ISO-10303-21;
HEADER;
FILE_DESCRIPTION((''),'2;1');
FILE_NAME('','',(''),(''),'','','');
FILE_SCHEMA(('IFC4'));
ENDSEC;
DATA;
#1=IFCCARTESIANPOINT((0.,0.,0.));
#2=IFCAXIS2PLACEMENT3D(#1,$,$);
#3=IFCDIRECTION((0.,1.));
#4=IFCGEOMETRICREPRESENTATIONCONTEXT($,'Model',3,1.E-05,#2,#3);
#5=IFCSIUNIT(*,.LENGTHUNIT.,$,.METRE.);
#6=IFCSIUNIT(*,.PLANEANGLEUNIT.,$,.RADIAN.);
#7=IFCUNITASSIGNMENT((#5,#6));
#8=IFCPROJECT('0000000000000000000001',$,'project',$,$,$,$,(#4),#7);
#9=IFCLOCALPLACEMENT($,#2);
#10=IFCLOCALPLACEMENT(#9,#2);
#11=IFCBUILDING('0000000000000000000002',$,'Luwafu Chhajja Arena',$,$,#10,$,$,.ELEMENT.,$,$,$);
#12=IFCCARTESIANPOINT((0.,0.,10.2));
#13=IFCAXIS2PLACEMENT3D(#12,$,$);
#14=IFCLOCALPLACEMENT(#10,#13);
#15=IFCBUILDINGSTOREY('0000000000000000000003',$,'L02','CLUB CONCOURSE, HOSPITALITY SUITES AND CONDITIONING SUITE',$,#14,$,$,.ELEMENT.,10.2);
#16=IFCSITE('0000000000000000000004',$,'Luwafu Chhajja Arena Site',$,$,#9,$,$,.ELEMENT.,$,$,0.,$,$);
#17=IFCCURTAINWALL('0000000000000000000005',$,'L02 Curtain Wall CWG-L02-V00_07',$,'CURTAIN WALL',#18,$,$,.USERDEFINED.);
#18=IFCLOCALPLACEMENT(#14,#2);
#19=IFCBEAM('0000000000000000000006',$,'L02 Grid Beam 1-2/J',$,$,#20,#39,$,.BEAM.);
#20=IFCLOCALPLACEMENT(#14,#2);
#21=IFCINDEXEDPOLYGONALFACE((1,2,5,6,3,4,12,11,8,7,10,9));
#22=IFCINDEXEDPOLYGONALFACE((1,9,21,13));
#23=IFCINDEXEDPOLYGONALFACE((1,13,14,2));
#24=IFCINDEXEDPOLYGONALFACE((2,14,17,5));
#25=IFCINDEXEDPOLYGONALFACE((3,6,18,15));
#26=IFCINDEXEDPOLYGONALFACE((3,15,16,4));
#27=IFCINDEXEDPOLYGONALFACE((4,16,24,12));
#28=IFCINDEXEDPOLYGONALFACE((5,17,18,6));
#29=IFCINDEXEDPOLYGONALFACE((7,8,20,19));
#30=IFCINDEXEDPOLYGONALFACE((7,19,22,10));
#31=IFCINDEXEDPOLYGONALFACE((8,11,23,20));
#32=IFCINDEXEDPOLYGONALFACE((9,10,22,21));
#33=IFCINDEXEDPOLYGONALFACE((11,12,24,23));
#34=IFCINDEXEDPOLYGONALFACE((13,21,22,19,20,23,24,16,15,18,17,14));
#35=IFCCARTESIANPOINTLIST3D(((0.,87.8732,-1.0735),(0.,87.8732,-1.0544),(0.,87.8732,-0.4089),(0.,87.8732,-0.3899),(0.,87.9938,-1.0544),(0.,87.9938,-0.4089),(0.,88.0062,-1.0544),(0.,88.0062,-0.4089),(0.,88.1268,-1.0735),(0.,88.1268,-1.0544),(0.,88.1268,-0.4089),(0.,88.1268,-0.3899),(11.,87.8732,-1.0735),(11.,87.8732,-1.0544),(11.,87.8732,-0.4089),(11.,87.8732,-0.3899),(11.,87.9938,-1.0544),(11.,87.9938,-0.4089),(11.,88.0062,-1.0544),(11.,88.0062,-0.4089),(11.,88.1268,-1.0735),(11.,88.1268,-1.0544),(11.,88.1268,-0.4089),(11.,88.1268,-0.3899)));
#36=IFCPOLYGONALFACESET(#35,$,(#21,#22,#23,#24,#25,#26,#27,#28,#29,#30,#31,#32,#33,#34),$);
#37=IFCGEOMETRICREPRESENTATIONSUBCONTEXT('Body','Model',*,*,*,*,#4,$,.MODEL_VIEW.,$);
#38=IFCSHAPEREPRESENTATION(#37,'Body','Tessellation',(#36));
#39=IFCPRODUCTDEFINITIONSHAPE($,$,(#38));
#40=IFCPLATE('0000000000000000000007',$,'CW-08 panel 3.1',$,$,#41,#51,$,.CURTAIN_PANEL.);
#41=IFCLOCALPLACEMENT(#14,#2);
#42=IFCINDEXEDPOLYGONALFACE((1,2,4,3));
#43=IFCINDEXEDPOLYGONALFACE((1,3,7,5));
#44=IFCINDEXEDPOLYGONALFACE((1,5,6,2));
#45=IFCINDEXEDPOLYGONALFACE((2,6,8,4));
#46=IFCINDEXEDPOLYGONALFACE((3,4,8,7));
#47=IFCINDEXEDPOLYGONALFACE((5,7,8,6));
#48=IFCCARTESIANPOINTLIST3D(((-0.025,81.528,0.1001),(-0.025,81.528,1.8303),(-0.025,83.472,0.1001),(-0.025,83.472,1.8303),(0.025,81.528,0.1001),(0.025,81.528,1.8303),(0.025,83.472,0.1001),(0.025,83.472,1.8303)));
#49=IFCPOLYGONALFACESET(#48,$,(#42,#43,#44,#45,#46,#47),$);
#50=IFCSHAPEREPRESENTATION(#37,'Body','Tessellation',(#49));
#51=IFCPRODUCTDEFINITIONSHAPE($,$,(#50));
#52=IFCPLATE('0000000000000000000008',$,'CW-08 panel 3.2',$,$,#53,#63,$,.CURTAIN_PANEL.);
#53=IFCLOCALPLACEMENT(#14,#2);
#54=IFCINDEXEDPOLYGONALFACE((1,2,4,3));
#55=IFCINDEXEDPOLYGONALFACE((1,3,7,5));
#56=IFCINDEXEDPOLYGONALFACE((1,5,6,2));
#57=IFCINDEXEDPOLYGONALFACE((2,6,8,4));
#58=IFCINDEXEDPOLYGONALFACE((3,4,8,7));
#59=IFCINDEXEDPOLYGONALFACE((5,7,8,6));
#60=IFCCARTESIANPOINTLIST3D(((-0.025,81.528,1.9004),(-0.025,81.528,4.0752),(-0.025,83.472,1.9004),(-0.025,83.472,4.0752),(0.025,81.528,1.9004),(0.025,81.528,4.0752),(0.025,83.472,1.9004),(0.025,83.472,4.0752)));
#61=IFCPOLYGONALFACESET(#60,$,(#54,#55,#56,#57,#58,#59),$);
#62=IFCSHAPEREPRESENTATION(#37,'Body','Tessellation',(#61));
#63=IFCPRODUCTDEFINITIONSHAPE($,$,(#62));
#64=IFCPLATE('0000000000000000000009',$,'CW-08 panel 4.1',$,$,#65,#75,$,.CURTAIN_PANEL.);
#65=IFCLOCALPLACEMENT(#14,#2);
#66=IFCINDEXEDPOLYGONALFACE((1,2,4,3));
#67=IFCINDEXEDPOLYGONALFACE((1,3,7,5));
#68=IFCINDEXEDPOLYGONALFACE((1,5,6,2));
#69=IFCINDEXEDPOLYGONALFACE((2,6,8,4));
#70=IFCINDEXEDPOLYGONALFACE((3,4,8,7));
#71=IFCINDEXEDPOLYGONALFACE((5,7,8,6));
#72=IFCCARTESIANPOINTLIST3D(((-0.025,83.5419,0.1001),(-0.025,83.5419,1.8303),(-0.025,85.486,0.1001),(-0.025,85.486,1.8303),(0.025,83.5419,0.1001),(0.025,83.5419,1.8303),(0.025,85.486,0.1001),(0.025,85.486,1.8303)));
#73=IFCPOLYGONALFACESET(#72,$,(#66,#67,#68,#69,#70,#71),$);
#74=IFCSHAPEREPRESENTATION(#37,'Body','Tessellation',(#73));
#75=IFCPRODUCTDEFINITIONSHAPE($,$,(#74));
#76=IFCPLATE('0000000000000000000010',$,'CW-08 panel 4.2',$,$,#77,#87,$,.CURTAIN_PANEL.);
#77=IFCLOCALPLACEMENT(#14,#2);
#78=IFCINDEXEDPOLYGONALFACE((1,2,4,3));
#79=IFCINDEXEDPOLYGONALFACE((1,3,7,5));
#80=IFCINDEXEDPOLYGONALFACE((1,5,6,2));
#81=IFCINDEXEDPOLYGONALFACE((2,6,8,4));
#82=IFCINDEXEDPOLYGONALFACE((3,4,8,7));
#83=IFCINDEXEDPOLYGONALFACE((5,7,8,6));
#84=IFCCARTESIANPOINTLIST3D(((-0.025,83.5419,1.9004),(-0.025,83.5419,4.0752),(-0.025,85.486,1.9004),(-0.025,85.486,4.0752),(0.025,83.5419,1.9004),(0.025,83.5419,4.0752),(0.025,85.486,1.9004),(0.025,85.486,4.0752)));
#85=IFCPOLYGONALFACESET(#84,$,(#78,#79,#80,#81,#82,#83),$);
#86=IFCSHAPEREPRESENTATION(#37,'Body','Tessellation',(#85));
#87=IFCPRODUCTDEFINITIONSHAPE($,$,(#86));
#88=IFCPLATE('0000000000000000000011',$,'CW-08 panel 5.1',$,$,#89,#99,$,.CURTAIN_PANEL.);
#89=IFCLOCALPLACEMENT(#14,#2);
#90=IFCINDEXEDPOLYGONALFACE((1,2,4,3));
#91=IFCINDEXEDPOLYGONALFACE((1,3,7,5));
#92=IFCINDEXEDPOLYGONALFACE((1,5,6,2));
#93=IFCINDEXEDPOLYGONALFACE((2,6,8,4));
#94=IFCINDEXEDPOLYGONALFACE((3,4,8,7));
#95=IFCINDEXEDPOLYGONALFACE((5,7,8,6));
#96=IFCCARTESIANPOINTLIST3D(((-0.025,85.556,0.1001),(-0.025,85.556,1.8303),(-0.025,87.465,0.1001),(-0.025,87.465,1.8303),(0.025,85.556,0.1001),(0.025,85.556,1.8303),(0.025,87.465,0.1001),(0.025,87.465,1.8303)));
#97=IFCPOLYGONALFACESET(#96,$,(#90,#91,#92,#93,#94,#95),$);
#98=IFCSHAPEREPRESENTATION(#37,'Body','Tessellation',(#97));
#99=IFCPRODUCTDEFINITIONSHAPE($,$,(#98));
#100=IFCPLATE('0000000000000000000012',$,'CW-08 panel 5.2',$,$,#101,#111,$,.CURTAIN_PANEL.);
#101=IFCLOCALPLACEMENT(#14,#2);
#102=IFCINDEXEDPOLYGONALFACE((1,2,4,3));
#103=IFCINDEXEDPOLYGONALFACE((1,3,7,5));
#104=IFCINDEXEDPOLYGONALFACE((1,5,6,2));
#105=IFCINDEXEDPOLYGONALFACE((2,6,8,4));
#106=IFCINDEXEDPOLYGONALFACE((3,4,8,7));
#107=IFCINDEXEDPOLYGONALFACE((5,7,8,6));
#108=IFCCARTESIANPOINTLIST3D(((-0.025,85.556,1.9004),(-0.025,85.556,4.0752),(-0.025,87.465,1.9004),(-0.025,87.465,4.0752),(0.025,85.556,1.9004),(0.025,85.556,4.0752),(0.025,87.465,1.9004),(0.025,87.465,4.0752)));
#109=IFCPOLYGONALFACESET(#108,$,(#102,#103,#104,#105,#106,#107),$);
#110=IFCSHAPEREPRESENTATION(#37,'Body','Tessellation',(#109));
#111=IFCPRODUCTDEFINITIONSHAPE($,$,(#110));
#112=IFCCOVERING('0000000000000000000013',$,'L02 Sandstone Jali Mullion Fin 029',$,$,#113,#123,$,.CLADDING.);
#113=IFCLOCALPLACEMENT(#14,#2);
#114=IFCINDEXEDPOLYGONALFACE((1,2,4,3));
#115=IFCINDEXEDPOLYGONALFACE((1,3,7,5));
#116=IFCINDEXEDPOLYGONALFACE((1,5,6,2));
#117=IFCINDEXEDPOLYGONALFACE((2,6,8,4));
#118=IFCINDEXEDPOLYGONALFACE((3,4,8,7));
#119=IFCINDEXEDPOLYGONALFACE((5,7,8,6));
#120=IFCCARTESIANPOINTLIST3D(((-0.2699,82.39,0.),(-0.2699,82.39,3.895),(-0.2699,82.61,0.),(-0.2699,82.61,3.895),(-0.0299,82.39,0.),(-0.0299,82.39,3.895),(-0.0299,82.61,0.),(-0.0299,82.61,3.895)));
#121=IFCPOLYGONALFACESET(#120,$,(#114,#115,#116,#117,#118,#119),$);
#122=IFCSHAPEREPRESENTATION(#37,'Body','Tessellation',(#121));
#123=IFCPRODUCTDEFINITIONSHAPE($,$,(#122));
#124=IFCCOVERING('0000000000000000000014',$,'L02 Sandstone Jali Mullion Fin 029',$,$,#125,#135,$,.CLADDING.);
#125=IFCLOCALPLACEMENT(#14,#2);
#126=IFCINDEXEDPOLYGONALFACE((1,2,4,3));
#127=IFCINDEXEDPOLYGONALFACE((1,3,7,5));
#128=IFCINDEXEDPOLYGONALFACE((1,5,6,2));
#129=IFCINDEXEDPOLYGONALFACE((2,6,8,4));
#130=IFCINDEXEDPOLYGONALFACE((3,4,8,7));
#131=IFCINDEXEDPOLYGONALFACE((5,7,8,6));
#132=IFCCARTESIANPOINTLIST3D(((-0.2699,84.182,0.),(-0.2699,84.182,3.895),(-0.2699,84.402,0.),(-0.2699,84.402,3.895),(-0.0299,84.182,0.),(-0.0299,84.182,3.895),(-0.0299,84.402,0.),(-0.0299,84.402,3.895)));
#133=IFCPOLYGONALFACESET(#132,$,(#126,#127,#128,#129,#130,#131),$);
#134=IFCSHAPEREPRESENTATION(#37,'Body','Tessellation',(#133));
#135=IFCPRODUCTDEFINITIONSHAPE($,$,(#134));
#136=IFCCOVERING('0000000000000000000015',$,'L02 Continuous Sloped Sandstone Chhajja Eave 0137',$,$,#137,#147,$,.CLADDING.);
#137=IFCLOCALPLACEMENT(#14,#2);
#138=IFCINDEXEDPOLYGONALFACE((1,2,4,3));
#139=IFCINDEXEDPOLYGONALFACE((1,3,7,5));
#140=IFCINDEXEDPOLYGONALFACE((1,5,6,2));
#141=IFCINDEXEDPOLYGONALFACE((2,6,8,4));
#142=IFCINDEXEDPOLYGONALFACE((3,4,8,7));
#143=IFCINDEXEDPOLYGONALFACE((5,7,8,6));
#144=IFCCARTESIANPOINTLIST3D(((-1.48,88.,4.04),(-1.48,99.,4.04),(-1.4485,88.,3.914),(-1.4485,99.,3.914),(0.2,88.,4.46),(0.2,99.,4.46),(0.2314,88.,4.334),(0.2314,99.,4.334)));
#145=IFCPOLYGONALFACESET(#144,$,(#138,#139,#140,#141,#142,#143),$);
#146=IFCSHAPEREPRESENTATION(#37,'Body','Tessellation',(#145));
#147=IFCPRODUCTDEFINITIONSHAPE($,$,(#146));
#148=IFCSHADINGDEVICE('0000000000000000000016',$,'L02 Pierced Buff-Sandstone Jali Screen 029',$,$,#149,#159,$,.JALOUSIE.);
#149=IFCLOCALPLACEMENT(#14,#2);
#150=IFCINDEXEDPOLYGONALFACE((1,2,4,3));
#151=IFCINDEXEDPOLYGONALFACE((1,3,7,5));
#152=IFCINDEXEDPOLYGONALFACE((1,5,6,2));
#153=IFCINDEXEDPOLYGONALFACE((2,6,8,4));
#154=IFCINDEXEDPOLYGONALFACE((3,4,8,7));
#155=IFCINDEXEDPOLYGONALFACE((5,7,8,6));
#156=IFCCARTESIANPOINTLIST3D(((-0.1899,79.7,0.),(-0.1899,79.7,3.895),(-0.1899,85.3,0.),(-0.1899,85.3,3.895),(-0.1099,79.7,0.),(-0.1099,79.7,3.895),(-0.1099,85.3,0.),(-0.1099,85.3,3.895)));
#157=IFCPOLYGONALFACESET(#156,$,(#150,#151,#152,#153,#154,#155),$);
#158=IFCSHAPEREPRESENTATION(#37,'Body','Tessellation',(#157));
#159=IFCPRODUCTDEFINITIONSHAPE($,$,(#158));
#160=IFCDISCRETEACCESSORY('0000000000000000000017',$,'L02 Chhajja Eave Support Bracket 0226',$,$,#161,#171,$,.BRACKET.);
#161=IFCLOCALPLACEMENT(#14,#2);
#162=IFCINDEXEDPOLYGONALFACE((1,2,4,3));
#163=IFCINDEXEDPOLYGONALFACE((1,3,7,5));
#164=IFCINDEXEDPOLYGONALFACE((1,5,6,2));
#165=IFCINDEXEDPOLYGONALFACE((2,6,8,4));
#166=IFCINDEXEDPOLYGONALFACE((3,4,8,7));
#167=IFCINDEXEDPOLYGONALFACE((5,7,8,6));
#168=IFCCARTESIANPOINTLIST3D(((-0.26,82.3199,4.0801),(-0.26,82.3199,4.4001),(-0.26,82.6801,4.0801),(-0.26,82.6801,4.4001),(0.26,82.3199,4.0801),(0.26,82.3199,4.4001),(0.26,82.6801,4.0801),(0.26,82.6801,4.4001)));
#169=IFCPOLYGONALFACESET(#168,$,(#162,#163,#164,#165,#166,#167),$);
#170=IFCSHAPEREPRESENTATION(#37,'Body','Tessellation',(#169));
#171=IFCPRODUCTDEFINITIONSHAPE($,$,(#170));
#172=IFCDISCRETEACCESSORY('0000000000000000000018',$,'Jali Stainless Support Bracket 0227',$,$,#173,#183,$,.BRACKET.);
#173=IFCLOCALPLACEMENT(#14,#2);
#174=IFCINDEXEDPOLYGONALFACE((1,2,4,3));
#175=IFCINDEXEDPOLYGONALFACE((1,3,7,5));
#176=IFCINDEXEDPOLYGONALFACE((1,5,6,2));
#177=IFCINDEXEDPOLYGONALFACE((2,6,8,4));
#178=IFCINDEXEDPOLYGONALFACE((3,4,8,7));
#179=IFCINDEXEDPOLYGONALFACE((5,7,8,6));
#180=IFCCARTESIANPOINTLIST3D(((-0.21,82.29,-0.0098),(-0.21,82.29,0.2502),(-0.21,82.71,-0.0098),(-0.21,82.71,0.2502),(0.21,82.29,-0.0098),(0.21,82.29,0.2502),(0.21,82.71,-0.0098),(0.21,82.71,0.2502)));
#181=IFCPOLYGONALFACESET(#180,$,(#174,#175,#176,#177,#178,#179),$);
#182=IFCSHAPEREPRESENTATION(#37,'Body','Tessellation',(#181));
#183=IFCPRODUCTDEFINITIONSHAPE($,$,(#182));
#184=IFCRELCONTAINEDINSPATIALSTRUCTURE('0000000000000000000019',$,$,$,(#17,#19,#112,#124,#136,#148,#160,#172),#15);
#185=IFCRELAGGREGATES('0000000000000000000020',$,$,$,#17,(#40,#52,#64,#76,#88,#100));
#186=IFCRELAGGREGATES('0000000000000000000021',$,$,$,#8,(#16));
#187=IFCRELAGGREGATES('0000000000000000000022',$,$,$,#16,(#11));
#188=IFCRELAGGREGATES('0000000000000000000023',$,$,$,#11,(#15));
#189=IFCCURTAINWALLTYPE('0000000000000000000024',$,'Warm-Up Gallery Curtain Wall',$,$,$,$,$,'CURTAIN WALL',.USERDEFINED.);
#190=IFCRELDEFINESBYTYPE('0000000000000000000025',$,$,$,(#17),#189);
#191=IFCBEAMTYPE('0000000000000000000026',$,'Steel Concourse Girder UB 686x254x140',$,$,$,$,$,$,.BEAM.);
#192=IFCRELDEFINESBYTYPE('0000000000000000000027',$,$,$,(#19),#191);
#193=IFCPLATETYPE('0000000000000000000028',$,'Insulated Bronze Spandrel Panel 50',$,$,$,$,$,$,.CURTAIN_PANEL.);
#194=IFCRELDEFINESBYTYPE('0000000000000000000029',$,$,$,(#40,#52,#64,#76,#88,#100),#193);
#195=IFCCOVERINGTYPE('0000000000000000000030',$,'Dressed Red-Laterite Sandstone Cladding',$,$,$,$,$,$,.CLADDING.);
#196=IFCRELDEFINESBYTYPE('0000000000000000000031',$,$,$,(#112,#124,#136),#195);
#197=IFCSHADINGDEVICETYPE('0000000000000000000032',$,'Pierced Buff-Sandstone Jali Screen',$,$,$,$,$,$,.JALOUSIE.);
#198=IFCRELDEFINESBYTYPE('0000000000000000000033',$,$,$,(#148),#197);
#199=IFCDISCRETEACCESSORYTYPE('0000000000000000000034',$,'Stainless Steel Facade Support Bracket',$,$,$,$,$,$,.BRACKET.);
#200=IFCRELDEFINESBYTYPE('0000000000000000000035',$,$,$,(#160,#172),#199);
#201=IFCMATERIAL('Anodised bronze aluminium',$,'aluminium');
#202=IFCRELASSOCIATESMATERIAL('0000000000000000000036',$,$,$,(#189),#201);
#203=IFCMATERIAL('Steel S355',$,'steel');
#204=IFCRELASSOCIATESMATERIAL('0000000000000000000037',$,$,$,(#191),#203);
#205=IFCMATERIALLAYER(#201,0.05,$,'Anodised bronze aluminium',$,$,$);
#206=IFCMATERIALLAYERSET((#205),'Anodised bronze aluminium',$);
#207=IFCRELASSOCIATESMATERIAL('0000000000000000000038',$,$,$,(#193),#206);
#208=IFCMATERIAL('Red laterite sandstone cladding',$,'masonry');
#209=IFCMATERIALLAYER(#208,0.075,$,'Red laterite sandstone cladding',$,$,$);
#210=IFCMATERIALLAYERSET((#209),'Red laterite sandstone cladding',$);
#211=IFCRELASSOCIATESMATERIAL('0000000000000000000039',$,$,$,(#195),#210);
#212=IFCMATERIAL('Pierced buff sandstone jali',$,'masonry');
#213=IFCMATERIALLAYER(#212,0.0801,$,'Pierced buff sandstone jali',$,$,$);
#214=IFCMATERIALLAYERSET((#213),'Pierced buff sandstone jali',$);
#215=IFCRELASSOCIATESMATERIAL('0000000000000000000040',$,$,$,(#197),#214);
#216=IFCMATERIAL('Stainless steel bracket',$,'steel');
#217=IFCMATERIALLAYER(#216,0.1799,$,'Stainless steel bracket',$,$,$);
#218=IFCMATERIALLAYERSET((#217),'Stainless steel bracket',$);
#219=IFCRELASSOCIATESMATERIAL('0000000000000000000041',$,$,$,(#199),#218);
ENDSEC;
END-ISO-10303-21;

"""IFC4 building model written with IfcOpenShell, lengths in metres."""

from ifc_helpers import new_model, si_unit, direction, frame, origin, origin_2d, place, context, subcontext, project, spatial, polyline, rectangle, i_section, outline, extrude, material, layer, layer_set, material_profile, profile_set, type_object, element, aggregate, save


model = new_model("IFC4")

# Units and contexts
model_context = context("Model", 3, precision=1e-05, world=origin(), true_north=direction((0.0, 1.0)))
body_context = subcontext(model_context, "Body", "Model", "MODEL_VIEW")
ifc_project = project(units=[si_unit("LENGTHUNIT", "METRE"), si_unit("PLANEANGLEUNIT", "RADIAN")], contexts=[model_context])

# Site, building, storey
site_placement = place(None, origin())
site = spatial("IfcSite", under=ifc_project, at=site_placement, Name="Luwafu Chhajja Arena Site", CompositionType="ELEMENT", RefElevation=0.0)
building_placement = place(site_placement, origin())
building = spatial("IfcBuilding", under=site, at=building_placement, Name="Luwafu Chhajja Arena", CompositionType="ELEMENT")
storey_placement = place(building_placement, frame((0.0, 0.0, 10.2)))
storey = spatial("IfcBuildingStorey", under=building, at=storey_placement, Name="L02", Description="CLUB CONCOURSE, HOSPITALITY SUITES AND CONDITIONING SUITE", CompositionType="ELEMENT", Elevation=10.2)

# Curtain wall
ifc_material_1 = material(Name="Anodised bronze aluminium", Category="aluminium")
curtain_wall_type = type_object("IfcCurtainWallType", Name="Warm-Up Gallery Curtain Wall", ElementType="CURTAIN WALL", PredefinedType="USERDEFINED", material=ifc_material_1)
curtain_wall_placement = place(storey_placement, origin())
curtain_wall = element("IfcCurtainWall", 1, at=curtain_wall_placement, inside=storey, type_object=curtain_wall_type, Name="L02 Curtain Wall CWG-L02-V00_07", ObjectType="CURTAIN WALL", PredefinedType="USERDEFINED")

# Beam
ifc_material_2 = material(Name="Steel S355", Category="steel")
ifc_material_profile_1 = material_profile(ifc_material_2, i_section(OverallWidth=0.2537, OverallDepth=0.6836, WebThickness=0.0125, FlangeThickness=0.019, at=origin_2d()), Name="UB 686x254x140")
ifc_profile_set_1 = profile_set([ifc_material_profile_1], Name="Steel S355")
beam_type_1 = type_object("IfcBeamType", Name="Steel Concourse Girder UB 686x254x140", PredefinedType="BEAM", material=ifc_profile_set_1)
beam_1_placement = place(storey_placement, frame((0.0, 88.0, -0.7317), z_axis=(1.0, 0.0, 0.0), x_axis=(0.0, 1.0, 0.0)))
element("IfcBeam", 2, at=beam_1_placement, inside=storey, type_object=beam_type_1, Name="L02 Grid Beam 1-2/J", PredefinedType="BEAM", context=body_context, shape_type="SweptSolid", body=[
    extrude(i_section(OverallWidth=0.2537, OverallDepth=0.6836, WebThickness=0.0125, FlangeThickness=0.019, at=origin_2d()), origin(), (0.0, 0.0, 1.0), 11.0),
])

# Plates
ifc_layer_1 = layer(ifc_material_1, 0.05, Name="Anodised bronze aluminium")
ifc_layer_set_1 = layer_set([ifc_layer_1], Name="Anodised bronze aluminium")
plate_type = type_object("IfcPlateType", Name="Insulated Bronze Spandrel Panel 50", PredefinedType="CURTAIN_PANEL", material=ifc_layer_set_1)
plate_1_placement = place(storey_placement, frame((0.0, 82.5, 0.1001), z_axis=(0.0, 0.0, 1.0), x_axis=(0.0, 1.0, 0.0)))
plate_1 = element("IfcPlate", 3, at=plate_1_placement, type_object=plate_type, Name="CW-08 panel 3.1", PredefinedType="CURTAIN_PANEL", context=body_context, shape_type="SweptSolid", body=[
    extrude(rectangle(XDim=1.9441, YDim=0.05, at=origin_2d()), origin(), (0.0, 0.0, 1.0), 1.7302),
])
plate_2_placement = place(storey_placement, frame((0.0, 82.5, 1.9004), z_axis=(0.0, 0.0, 1.0), x_axis=(0.0, 1.0, 0.0)))
plate_2 = element("IfcPlate", 4, at=plate_2_placement, type_object=plate_type, Name="CW-08 panel 3.2", PredefinedType="CURTAIN_PANEL", context=body_context, shape_type="SweptSolid", body=[
    extrude(rectangle(XDim=1.9441, YDim=0.05, at=origin_2d()), origin(), (0.0, 0.0, 1.0), 2.1748),
])
plate_3_placement = place(storey_placement, frame((0.0, 84.5139, 0.1001), z_axis=(0.0, 0.0, 1.0), x_axis=(0.0, 1.0, 0.0)))
plate_3 = element("IfcPlate", 5, at=plate_3_placement, type_object=plate_type, Name="CW-08 panel 4.1", PredefinedType="CURTAIN_PANEL", context=body_context, shape_type="SweptSolid", body=[
    extrude(rectangle(XDim=1.9441, YDim=0.05, at=origin_2d()), origin(), (0.0, 0.0, 1.0), 1.7302),
])
plate_4_placement = place(storey_placement, frame((0.0, 84.5139, 1.9004), z_axis=(0.0, 0.0, 1.0), x_axis=(0.0, 1.0, 0.0)))
plate_4 = element("IfcPlate", 6, at=plate_4_placement, type_object=plate_type, Name="CW-08 panel 4.2", PredefinedType="CURTAIN_PANEL", context=body_context, shape_type="SweptSolid", body=[
    extrude(rectangle(XDim=1.9441, YDim=0.05, at=origin_2d()), origin(), (0.0, 0.0, 1.0), 2.1748),
])
plate_5_placement = place(storey_placement, frame((0.0, 86.5105, 0.1001), z_axis=(0.0, 0.0, 1.0), x_axis=(0.0, 1.0, 0.0)))
plate_5 = element("IfcPlate", 7, at=plate_5_placement, type_object=plate_type, Name="CW-08 panel 5.1", PredefinedType="CURTAIN_PANEL", context=body_context, shape_type="SweptSolid", body=[
    extrude(rectangle(XDim=1.9089, YDim=0.05, at=origin_2d()), origin(), (0.0, 0.0, 1.0), 1.7302),
])
plate_6_placement = place(storey_placement, frame((0.0, 86.5105, 1.9004), z_axis=(0.0, 0.0, 1.0), x_axis=(0.0, 1.0, 0.0)))
plate_6 = element("IfcPlate", 8, at=plate_6_placement, type_object=plate_type, Name="CW-08 panel 5.2", PredefinedType="CURTAIN_PANEL", context=body_context, shape_type="SweptSolid", body=[
    extrude(rectangle(XDim=1.9089, YDim=0.05, at=origin_2d()), origin(), (0.0, 0.0, 1.0), 2.1748),
])
aggregate(curtain_wall, [plate_1, plate_2, plate_3, plate_4, plate_5, plate_6])

# Coverings
ifc_material_3 = material(Name="Red laterite sandstone cladding", Category="masonry")
ifc_layer_2 = layer(ifc_material_3, 0.075, Name="Red laterite sandstone cladding")
ifc_layer_set_2 = layer_set([ifc_layer_2], Name="Red laterite sandstone cladding")
covering_type = type_object("IfcCoveringType", Name="Dressed Red-Laterite Sandstone Cladding", PredefinedType="CLADDING", material=ifc_layer_set_2)
for number, where, z_axis, x_axis, name in (
    (9, (-0.1499, 82.5, 0.0), (0.0, 0.0, 1.0), (0.0, 1.0, 0.0), "L02 Sandstone Jali Mullion Fin 029"),
    (10, (-0.1499, 84.292, 0.0), (0.0, 0.0, 1.0), (0.0, 1.0, 0.0), "L02 Sandstone Jali Mullion Fin 029"),
):
    element("IfcCovering", number, at=place(storey_placement, frame(where, z_axis=z_axis, x_axis=x_axis)), inside=storey, type_object=covering_type, Name=name, PredefinedType="CLADDING", context=body_context, shape_type="SweptSolid", body=[
        extrude(rectangle(XDim=0.22, YDim=0.24, at=origin_2d()), origin(), (0.0, 0.0, 1.0), 3.895),
    ])
covering_placement = place(storey_placement, frame((0.2, 88.0, 4.46), z_axis=(-0.242502, 0.0, 0.970151), x_axis=(0.0, 1.0, 0.0)))
element("IfcCovering", 11, at=covering_placement, inside=storey, type_object=covering_type, Name="L02 Continuous Sloped Sandstone Chhajja Eave 0137", PredefinedType="CLADDING", context=body_context, shape_type="SweptSolid", body=[
    extrude(outline(polyline([(0.0, 0.0), (11.0, 0.0), (11.0, 1.7316), (0.0, 1.7316), (0.0, 0.0)])), origin(), (0.0, 0.0, -1.0), 0.1299),
])

# Shading device
ifc_material_4 = material(Name="Pierced buff sandstone jali", Category="masonry")
ifc_layer_3 = layer(ifc_material_4, 0.0801, Name="Pierced buff sandstone jali")
ifc_layer_set_3 = layer_set([ifc_layer_3], Name="Pierced buff sandstone jali")
shading_device_type = type_object("IfcShadingDeviceType", Name="Pierced Buff-Sandstone Jali Screen", PredefinedType="JALOUSIE", material=ifc_layer_set_3)
shading_device_placement = place(storey_placement, frame((-0.1499, 82.5, 0.0), z_axis=(0.0, 0.0, 1.0), x_axis=(0.0, 1.0, 0.0)))
element("IfcShadingDevice", 12, at=shading_device_placement, inside=storey, type_object=shading_device_type, Name="L02 Pierced Buff-Sandstone Jali Screen 029", PredefinedType="JALOUSIE", context=body_context, shape_type="SweptSolid", body=[
    extrude(rectangle(XDim=5.6001, YDim=0.0801, at=origin_2d()), origin(), (0.0, 0.0, 1.0), 3.895),
])

# Discrete accessories
ifc_material_5 = material(Name="Stainless steel bracket", Category="steel")
ifc_layer_4 = layer(ifc_material_5, 0.1799, Name="Stainless steel bracket")
ifc_layer_set_4 = layer_set([ifc_layer_4], Name="Stainless steel bracket")
discrete_accessory_type = type_object("IfcDiscreteAccessoryType", Name="Stainless Steel Facade Support Bracket", PredefinedType="BRACKET", material=ifc_layer_set_4)
discrete_accessory_1_placement = place(storey_placement, frame((0.0, 82.5, 4.0801), z_axis=(0.0, 0.0, 1.0), x_axis=(0.0, 1.0, 0.0)))
element("IfcDiscreteAccessory", 13, at=discrete_accessory_1_placement, inside=storey, type_object=discrete_accessory_type, Name="L02 Chhajja Eave Support Bracket 0226", PredefinedType="BRACKET", context=body_context, shape_type="SweptSolid", body=[
    extrude(rectangle(XDim=0.3601, YDim=0.52, at=origin_2d()), origin(), (0.0, 0.0, 1.0), 0.3201),
])
discrete_accessory_2_placement = place(storey_placement, frame((0.0, 82.5, -0.0098), z_axis=(0.0, 0.0, 1.0), x_axis=(0.0, 1.0, 0.0)))
element("IfcDiscreteAccessory", 14, at=discrete_accessory_2_placement, inside=storey, type_object=discrete_accessory_type, Name="Jali Stainless Support Bracket 0227", PredefinedType="BRACKET", context=body_context, shape_type="SweptSolid", body=[
    extrude(rectangle(XDim=0.4199, YDim=0.4199, at=origin_2d()), origin(), (0.0, 0.0, 1.0), 0.26),
])

save(model, "model.ifc")
